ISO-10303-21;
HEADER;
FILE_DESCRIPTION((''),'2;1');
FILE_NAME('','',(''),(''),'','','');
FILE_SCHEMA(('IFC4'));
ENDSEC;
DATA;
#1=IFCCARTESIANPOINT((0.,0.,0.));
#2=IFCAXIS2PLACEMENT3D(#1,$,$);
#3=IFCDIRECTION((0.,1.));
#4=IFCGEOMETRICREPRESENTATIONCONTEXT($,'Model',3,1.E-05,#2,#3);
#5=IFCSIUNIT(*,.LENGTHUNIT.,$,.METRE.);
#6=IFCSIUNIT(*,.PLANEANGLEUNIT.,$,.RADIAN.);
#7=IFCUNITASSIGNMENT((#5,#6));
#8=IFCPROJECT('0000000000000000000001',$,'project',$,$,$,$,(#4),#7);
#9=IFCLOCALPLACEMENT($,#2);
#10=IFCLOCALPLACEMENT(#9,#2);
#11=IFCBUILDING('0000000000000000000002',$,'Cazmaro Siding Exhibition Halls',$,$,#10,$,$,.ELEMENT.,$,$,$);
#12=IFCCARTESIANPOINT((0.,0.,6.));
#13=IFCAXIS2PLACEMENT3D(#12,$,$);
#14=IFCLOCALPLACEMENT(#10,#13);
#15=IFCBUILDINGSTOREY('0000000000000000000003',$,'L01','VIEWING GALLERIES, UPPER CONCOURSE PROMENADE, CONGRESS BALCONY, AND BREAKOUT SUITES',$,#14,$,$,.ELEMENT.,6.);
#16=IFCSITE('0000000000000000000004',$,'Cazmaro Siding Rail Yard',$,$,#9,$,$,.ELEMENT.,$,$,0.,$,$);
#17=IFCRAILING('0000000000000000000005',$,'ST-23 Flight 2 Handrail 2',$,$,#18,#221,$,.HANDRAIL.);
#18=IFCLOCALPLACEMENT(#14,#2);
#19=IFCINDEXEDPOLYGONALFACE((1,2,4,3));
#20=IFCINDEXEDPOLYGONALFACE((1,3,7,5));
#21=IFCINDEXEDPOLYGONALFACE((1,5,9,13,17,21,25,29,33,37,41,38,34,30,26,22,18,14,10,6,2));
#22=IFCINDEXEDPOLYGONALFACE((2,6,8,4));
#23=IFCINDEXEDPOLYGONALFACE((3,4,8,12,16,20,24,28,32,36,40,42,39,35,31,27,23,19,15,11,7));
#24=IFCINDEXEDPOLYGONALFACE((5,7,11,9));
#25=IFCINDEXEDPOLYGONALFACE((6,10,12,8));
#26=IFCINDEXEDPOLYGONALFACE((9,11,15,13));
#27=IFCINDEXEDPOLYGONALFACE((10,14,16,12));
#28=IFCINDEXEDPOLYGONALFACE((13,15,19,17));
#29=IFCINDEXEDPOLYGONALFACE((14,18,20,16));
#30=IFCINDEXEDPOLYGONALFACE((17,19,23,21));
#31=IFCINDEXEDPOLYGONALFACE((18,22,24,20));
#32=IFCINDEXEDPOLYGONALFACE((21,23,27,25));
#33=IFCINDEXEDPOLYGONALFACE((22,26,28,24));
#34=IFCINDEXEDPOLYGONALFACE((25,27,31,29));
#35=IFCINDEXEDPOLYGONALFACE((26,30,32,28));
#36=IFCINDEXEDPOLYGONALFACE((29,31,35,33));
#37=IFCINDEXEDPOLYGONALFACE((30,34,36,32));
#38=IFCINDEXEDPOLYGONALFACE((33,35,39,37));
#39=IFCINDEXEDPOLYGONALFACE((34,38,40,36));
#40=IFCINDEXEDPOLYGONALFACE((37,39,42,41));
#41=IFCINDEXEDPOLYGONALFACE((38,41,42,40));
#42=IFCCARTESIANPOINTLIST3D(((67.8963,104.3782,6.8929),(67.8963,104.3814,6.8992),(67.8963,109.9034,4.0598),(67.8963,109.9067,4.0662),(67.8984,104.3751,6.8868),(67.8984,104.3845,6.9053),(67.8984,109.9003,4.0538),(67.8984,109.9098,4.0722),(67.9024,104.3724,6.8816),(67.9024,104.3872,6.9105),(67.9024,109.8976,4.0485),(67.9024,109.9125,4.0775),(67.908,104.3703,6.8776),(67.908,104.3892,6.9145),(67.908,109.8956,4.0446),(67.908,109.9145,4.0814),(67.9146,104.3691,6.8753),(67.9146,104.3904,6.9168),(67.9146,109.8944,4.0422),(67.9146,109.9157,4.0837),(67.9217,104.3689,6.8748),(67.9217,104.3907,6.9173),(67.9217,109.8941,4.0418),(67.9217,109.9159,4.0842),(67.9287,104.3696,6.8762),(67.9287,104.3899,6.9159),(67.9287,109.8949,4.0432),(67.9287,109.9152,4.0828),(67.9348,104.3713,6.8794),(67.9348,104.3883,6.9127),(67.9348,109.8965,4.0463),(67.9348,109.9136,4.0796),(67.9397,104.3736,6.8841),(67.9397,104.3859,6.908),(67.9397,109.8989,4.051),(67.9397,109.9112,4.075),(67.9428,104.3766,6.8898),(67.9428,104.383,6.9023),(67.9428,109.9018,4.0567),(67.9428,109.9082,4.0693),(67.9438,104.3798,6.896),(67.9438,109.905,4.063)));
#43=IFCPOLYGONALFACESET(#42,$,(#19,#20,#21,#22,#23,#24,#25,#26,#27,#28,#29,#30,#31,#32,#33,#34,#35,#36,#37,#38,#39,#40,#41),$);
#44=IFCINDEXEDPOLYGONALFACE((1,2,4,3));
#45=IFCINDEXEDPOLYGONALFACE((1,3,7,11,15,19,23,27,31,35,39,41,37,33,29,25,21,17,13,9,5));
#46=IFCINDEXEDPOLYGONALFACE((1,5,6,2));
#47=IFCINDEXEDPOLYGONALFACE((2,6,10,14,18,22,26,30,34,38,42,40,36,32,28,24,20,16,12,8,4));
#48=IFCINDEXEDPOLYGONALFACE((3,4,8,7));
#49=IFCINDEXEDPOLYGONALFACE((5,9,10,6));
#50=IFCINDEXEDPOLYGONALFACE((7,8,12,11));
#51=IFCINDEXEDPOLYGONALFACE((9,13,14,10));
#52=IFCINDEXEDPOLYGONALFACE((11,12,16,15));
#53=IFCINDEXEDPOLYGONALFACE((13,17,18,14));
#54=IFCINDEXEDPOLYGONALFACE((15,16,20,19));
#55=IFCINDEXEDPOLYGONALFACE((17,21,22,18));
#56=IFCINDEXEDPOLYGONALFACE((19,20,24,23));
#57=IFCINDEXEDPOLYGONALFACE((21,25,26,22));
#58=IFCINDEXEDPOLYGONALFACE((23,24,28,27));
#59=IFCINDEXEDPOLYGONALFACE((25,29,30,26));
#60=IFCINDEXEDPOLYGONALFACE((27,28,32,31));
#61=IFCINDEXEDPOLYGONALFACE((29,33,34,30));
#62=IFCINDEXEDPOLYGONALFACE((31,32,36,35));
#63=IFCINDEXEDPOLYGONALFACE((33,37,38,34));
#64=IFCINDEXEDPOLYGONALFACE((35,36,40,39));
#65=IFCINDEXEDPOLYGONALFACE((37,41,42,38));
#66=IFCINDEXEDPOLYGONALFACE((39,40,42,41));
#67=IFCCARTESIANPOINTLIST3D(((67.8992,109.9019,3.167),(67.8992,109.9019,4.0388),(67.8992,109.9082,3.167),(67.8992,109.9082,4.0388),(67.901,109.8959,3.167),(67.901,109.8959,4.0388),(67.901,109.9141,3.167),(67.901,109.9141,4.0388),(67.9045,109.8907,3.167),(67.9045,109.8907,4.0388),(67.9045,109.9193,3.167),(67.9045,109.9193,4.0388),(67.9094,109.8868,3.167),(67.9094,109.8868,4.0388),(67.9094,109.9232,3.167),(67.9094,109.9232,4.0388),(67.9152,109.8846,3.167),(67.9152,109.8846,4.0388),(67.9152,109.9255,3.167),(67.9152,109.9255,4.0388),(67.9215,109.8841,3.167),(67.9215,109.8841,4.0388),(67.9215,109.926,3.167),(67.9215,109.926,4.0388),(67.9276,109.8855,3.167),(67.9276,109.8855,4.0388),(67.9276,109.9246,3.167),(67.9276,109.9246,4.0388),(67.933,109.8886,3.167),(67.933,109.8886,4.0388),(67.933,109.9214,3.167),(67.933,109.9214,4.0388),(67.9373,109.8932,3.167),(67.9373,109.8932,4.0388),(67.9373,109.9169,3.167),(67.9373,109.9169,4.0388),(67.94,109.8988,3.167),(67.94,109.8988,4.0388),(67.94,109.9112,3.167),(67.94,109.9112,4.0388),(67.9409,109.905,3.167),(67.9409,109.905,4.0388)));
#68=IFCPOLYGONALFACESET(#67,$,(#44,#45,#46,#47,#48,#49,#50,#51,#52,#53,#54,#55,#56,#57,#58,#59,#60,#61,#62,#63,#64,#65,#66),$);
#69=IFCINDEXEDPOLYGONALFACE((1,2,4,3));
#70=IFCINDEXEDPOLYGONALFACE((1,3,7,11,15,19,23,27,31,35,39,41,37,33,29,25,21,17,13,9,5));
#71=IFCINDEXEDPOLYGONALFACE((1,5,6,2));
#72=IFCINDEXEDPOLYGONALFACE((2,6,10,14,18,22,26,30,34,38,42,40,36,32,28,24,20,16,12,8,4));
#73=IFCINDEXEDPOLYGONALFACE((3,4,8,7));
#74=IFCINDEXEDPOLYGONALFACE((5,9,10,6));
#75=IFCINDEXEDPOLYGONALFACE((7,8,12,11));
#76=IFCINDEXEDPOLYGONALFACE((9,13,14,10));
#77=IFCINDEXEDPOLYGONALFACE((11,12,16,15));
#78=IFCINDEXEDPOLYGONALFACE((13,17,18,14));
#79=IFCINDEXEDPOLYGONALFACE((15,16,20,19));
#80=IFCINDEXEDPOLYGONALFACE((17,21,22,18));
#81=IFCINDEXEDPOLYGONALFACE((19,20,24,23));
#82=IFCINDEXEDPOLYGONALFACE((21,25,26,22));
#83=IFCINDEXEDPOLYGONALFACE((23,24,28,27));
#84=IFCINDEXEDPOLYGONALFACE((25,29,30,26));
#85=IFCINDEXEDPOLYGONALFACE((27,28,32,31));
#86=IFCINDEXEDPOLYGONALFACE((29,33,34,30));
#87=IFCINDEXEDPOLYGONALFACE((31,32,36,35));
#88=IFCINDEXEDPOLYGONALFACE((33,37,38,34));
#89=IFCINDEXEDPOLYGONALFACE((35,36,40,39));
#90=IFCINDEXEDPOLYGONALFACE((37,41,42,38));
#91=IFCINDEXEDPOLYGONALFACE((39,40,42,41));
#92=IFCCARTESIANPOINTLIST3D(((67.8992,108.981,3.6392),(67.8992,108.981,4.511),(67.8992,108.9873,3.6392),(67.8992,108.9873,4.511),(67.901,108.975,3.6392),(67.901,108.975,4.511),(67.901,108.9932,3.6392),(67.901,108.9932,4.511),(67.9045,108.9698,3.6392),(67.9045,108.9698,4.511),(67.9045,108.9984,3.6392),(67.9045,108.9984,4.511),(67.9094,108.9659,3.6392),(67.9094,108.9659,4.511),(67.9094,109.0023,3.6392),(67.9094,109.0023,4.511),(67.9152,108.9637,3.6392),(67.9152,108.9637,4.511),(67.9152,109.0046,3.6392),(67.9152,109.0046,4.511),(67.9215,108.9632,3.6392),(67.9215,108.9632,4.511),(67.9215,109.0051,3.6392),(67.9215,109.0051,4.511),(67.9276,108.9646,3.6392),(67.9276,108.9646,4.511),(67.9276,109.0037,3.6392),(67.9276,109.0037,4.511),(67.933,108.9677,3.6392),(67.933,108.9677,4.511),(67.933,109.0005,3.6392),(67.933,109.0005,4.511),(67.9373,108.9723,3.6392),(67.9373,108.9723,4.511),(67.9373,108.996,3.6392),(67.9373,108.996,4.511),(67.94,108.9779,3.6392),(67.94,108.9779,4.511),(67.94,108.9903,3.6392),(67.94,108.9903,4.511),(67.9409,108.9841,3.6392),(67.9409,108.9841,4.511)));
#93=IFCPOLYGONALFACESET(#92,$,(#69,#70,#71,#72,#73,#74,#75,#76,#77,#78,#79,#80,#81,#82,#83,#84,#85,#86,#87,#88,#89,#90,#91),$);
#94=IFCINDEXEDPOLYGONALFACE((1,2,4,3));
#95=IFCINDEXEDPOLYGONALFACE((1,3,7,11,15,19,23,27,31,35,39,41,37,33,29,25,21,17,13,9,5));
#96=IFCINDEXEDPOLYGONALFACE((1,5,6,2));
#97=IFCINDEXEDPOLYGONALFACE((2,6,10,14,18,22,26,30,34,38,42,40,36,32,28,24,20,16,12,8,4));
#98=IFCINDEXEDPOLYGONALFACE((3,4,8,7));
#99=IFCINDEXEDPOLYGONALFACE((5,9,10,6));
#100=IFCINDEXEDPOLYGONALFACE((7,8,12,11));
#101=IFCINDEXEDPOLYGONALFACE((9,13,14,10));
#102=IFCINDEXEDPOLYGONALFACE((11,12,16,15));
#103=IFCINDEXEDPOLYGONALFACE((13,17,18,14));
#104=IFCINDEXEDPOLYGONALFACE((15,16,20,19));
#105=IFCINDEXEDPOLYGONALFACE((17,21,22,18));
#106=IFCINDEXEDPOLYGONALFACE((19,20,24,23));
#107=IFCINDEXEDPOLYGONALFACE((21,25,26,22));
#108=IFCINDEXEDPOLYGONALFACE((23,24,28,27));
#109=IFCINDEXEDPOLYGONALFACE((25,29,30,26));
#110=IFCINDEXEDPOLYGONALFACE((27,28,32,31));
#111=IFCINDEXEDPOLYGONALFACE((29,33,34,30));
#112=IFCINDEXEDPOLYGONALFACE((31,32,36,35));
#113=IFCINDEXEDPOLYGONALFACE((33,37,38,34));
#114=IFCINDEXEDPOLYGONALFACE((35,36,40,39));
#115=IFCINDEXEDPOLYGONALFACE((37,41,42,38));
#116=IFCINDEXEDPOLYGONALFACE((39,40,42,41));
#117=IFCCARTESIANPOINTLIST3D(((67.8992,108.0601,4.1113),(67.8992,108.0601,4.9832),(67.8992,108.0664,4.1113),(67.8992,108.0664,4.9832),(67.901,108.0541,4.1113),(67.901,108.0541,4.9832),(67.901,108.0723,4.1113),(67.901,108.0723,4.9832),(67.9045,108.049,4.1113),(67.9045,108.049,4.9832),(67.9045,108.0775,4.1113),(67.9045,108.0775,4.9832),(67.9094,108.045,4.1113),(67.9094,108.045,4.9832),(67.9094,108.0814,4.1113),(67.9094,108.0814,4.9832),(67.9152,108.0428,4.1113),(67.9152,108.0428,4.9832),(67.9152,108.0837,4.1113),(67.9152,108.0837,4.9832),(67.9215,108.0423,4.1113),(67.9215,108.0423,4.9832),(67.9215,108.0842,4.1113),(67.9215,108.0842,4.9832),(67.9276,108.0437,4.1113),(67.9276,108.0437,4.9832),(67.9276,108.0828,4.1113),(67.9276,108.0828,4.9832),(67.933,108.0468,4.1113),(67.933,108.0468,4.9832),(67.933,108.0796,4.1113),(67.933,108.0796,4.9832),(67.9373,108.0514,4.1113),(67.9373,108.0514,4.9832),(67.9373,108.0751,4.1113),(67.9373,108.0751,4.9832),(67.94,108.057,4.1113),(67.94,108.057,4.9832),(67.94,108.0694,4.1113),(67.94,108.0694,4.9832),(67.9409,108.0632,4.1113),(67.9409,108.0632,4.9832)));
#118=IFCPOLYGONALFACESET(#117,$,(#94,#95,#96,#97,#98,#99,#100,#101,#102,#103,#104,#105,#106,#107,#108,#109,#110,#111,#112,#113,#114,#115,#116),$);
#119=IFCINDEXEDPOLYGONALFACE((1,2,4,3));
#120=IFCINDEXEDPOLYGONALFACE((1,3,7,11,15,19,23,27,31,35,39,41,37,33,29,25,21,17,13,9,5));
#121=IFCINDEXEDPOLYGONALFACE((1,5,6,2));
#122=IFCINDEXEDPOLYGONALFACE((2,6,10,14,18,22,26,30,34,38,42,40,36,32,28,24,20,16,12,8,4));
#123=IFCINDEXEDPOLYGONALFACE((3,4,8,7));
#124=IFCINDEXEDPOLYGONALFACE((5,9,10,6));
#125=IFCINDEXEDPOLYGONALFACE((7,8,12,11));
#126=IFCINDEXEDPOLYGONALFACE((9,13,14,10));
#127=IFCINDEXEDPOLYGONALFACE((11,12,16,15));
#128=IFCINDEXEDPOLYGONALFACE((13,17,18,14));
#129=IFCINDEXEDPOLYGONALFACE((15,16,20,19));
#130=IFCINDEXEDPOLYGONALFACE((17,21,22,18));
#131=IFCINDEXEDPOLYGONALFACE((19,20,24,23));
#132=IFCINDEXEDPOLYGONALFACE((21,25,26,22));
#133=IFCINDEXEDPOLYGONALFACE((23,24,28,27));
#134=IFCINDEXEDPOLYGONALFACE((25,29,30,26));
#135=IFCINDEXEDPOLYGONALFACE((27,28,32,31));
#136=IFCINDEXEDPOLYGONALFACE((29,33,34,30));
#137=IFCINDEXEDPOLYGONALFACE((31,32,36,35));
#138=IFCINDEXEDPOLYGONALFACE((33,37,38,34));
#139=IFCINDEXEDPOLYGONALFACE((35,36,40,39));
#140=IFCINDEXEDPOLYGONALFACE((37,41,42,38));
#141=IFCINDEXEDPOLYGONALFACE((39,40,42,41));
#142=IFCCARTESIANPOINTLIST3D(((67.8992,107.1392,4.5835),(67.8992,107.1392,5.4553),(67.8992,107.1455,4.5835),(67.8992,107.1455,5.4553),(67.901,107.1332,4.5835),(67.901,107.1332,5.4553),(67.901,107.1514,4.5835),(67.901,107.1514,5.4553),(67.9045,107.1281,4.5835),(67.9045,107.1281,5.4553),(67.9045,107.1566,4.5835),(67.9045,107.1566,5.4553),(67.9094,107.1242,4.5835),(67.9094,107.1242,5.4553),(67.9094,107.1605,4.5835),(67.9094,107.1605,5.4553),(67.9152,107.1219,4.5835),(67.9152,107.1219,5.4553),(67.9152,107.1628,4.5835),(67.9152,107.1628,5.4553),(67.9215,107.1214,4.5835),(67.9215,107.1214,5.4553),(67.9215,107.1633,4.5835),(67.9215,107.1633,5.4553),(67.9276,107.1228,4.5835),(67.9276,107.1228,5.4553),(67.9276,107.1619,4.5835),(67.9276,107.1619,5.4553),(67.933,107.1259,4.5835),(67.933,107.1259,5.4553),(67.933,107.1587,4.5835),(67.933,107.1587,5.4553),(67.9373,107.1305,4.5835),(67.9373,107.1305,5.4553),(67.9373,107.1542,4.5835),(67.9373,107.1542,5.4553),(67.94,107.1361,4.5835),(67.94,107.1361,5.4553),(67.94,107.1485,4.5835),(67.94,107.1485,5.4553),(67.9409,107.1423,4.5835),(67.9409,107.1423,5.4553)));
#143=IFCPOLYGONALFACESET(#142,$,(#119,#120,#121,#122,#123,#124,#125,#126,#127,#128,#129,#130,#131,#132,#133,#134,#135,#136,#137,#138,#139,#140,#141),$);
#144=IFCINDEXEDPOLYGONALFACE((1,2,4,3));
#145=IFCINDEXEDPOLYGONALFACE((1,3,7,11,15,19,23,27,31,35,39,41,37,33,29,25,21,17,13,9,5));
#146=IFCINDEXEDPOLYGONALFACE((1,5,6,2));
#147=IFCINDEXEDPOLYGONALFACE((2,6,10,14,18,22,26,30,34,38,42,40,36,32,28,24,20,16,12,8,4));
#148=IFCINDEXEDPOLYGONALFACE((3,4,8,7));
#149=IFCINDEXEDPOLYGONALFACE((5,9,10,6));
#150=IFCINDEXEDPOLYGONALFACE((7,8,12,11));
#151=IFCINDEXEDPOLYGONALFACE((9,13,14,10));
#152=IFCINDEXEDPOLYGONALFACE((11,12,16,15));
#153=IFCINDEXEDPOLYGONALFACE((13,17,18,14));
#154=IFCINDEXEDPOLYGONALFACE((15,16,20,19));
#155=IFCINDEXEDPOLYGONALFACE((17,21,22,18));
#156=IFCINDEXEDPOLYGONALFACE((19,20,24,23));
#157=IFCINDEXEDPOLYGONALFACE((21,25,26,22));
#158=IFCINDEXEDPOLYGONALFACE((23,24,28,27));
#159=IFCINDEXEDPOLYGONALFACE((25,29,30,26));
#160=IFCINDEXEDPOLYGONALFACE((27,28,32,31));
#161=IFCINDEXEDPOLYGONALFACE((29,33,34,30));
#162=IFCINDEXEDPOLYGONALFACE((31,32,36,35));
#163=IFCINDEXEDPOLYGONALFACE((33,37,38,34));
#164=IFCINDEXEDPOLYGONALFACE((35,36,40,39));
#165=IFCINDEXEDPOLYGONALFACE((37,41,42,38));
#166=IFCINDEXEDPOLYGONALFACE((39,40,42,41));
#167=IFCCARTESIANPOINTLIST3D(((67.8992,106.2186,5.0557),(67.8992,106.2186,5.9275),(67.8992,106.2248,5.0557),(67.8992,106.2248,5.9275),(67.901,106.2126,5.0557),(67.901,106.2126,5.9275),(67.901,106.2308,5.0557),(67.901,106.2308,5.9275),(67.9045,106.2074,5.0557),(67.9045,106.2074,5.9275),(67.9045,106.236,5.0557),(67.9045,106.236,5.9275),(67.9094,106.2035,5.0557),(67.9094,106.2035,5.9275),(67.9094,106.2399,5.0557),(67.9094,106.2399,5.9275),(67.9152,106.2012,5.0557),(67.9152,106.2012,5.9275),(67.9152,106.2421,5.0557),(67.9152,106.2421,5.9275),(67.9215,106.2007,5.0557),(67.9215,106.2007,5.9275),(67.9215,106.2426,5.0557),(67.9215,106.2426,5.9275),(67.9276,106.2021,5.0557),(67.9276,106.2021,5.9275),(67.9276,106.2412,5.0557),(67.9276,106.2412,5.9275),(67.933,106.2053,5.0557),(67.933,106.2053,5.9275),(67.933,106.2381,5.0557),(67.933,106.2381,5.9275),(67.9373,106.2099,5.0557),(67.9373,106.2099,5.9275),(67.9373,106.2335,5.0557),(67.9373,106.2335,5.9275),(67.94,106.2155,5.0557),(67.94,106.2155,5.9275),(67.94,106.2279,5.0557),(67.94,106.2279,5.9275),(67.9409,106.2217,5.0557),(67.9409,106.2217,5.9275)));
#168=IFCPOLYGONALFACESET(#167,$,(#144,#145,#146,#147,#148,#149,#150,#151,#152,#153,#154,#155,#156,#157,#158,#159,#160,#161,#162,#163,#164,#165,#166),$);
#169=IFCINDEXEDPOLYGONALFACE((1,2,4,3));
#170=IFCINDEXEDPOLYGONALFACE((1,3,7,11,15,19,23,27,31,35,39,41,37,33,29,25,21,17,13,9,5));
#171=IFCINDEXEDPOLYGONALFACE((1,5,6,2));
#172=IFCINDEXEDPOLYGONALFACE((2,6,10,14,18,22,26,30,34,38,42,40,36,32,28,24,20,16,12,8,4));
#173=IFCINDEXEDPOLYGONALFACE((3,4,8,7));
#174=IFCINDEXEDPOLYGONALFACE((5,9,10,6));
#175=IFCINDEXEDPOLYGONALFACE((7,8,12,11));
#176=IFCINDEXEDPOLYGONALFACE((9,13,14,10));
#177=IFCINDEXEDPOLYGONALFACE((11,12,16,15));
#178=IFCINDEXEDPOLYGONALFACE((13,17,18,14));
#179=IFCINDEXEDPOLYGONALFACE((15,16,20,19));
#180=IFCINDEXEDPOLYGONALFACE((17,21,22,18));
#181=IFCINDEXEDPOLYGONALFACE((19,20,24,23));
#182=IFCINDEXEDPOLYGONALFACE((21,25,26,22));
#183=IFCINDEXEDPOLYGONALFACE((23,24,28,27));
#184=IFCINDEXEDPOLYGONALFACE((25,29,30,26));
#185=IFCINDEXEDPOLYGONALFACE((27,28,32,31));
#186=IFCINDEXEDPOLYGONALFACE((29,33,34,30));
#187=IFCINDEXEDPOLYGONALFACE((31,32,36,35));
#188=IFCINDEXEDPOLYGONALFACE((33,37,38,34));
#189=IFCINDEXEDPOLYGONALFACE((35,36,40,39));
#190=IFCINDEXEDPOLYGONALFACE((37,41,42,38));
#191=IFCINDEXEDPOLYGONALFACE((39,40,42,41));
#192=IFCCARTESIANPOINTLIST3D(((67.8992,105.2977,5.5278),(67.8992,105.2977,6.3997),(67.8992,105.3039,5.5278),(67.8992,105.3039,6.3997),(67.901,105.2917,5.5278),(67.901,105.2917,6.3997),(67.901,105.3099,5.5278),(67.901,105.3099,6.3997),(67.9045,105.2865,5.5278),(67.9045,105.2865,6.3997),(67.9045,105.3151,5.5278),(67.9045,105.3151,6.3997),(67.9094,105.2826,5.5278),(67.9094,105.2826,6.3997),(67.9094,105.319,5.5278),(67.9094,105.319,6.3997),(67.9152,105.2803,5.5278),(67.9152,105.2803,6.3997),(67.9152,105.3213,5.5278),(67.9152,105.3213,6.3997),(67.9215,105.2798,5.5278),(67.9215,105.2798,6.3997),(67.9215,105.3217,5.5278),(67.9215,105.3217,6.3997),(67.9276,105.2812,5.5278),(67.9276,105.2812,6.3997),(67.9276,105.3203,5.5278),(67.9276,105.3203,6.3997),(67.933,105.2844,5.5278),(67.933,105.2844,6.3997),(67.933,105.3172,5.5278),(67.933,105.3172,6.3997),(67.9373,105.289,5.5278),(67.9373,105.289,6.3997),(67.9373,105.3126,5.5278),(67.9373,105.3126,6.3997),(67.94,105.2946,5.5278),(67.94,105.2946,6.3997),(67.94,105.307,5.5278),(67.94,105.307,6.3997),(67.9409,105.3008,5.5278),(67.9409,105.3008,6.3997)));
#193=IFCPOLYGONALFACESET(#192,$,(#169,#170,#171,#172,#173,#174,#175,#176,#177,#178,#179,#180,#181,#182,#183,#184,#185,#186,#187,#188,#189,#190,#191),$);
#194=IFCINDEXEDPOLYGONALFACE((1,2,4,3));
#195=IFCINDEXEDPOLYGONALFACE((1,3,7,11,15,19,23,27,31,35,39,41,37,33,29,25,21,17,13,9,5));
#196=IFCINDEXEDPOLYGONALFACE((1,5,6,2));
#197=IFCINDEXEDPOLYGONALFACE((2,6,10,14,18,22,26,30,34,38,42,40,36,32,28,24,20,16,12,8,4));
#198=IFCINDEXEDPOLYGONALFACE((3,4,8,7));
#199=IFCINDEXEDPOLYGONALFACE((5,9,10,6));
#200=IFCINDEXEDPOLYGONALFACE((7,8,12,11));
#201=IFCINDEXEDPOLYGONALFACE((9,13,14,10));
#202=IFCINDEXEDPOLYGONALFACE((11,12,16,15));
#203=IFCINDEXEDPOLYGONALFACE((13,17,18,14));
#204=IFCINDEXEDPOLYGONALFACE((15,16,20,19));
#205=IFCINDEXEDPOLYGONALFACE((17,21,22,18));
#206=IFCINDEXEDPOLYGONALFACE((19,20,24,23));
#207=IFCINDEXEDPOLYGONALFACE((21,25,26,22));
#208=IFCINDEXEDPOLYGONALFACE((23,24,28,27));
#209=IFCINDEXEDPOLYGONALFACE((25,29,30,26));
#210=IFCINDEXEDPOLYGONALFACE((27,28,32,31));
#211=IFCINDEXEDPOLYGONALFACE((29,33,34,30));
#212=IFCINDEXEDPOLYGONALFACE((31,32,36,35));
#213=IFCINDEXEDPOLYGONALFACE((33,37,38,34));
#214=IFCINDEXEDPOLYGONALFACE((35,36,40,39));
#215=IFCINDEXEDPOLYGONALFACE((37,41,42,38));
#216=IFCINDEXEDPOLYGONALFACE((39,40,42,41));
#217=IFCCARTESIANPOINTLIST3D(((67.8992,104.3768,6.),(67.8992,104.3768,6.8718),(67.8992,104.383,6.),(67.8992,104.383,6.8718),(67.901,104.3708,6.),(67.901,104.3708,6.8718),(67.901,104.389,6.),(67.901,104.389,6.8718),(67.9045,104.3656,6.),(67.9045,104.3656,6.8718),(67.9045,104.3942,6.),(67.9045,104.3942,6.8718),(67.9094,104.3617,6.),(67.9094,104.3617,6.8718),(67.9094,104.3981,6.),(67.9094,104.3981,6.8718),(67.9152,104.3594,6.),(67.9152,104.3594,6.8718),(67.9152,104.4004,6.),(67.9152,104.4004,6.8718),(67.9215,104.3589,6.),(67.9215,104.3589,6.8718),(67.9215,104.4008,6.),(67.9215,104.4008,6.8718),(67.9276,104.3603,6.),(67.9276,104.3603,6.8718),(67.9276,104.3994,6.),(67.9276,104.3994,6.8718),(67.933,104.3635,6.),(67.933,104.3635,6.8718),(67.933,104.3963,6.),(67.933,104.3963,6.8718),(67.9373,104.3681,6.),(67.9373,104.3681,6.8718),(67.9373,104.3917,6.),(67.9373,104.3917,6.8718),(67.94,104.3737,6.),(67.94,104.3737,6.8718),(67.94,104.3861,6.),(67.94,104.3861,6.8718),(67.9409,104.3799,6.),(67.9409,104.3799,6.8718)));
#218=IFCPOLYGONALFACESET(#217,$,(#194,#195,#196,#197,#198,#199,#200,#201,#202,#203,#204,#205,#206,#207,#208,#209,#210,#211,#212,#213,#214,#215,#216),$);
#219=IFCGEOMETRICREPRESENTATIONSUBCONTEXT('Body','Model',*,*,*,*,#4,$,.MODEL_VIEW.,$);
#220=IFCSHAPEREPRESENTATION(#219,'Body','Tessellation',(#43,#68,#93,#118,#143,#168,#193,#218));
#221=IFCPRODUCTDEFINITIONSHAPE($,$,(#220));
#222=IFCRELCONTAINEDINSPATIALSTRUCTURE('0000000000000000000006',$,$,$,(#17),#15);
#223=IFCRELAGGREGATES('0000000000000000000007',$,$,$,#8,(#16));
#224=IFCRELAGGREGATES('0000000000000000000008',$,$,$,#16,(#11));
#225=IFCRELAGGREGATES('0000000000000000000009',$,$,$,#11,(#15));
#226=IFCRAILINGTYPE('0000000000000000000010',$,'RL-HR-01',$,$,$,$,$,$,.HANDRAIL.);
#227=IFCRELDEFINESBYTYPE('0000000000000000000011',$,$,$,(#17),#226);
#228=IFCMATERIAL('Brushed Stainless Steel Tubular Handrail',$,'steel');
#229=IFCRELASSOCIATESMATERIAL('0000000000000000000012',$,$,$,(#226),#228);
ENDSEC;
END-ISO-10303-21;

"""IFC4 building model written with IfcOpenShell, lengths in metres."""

from ifc_helpers import new_model, si_unit, direction, frame, origin, origin_2d, place, context, subcontext, project, spatial, circle, extrude, material, type_object, element, save


model = new_model("IFC4")

# Units and contexts
model_context = context("Model", 3, precision=1e-05, world=origin(), true_north=direction((0.0, 1.0)))
body_context = subcontext(model_context, "Body", "Model", "MODEL_VIEW")
ifc_project = project(units=[si_unit("LENGTHUNIT", "METRE"), si_unit("PLANEANGLEUNIT", "RADIAN")], contexts=[model_context])

# Site, building, storey
site_placement = place(None, origin())
site = spatial("IfcSite", under=ifc_project, at=site_placement, Name="Cazmaro Siding Rail Yard", CompositionType="ELEMENT", RefElevation=0.0)
building_placement = place(site_placement, origin())
building = spatial("IfcBuilding", under=site, at=building_placement, Name="Cazmaro Siding Exhibition Halls", CompositionType="ELEMENT")
storey_placement = place(building_placement, frame((0.0, 0.0, 6.0)))
storey = spatial("IfcBuildingStorey", under=building, at=storey_placement, Name="L01", Description="VIEWING GALLERIES, UPPER CONCOURSE PROMENADE, CONGRESS BALCONY, AND BREAKOUT SUITES", CompositionType="ELEMENT", Elevation=6.0)

# Railing
ifc_material_1 = material(Name="Brushed Stainless Steel Tubular Handrail", Category="steel")
railing_type_1 = type_object("IfcRailingType", Name="RL-HR-01", PredefinedType="HANDRAIL", material=ifc_material_1)
railing_1_placement = place(storey_placement, frame((67.9199, 109.905, 3.167)))
element("IfcRailing", 1, at=railing_1_placement, inside=storey, type_object=railing_type_1, Name="ST-23 Flight 2 Handrail 2", PredefinedType="HANDRAIL", context=body_context, shape_type="SweptSolid", body=[
    extrude(circle(Radius=0.0239, at=origin_2d()), frame((0.0, 0.0, 0.896), z_axis=(0.0, -0.889844, 0.456266), x_axis=(1.0, 0.0, 0.0)), (0.0, 0.0, 1.0), 6.2092),
    extrude(circle(Radius=0.021, at=origin_2d()), origin(), (0.0, 0.0, 1.0), 0.8718),
    extrude(circle(Radius=0.021, at=origin_2d()), frame((0.0, -0.9209, 0.4722)), (0.0, 0.0, 1.0), 0.8718),
    extrude(circle(Radius=0.021, at=origin_2d()), frame((0.0, -1.8418, 0.9443)), (0.0, 0.0, 1.0), 0.8718),
    extrude(circle(Radius=0.021, at=origin_2d()), frame((0.0, -2.7627, 1.4165)), (0.0, 0.0, 1.0), 0.8718),
    extrude(circle(Radius=0.021, at=origin_2d()), frame((0.0, -3.6833, 1.8887)), (0.0, 0.0, 1.0), 0.8718),
    extrude(circle(Radius=0.021, at=origin_2d()), frame((0.0, -4.6042, 2.3608)), (0.0, 0.0, 1.0), 0.8718),
    extrude(circle(Radius=0.021, at=origin_2d()), frame((0.0, -5.5251, 2.833)), (0.0, 0.0, 1.0), 0.8718),
])

save(model, "model.ifc")
